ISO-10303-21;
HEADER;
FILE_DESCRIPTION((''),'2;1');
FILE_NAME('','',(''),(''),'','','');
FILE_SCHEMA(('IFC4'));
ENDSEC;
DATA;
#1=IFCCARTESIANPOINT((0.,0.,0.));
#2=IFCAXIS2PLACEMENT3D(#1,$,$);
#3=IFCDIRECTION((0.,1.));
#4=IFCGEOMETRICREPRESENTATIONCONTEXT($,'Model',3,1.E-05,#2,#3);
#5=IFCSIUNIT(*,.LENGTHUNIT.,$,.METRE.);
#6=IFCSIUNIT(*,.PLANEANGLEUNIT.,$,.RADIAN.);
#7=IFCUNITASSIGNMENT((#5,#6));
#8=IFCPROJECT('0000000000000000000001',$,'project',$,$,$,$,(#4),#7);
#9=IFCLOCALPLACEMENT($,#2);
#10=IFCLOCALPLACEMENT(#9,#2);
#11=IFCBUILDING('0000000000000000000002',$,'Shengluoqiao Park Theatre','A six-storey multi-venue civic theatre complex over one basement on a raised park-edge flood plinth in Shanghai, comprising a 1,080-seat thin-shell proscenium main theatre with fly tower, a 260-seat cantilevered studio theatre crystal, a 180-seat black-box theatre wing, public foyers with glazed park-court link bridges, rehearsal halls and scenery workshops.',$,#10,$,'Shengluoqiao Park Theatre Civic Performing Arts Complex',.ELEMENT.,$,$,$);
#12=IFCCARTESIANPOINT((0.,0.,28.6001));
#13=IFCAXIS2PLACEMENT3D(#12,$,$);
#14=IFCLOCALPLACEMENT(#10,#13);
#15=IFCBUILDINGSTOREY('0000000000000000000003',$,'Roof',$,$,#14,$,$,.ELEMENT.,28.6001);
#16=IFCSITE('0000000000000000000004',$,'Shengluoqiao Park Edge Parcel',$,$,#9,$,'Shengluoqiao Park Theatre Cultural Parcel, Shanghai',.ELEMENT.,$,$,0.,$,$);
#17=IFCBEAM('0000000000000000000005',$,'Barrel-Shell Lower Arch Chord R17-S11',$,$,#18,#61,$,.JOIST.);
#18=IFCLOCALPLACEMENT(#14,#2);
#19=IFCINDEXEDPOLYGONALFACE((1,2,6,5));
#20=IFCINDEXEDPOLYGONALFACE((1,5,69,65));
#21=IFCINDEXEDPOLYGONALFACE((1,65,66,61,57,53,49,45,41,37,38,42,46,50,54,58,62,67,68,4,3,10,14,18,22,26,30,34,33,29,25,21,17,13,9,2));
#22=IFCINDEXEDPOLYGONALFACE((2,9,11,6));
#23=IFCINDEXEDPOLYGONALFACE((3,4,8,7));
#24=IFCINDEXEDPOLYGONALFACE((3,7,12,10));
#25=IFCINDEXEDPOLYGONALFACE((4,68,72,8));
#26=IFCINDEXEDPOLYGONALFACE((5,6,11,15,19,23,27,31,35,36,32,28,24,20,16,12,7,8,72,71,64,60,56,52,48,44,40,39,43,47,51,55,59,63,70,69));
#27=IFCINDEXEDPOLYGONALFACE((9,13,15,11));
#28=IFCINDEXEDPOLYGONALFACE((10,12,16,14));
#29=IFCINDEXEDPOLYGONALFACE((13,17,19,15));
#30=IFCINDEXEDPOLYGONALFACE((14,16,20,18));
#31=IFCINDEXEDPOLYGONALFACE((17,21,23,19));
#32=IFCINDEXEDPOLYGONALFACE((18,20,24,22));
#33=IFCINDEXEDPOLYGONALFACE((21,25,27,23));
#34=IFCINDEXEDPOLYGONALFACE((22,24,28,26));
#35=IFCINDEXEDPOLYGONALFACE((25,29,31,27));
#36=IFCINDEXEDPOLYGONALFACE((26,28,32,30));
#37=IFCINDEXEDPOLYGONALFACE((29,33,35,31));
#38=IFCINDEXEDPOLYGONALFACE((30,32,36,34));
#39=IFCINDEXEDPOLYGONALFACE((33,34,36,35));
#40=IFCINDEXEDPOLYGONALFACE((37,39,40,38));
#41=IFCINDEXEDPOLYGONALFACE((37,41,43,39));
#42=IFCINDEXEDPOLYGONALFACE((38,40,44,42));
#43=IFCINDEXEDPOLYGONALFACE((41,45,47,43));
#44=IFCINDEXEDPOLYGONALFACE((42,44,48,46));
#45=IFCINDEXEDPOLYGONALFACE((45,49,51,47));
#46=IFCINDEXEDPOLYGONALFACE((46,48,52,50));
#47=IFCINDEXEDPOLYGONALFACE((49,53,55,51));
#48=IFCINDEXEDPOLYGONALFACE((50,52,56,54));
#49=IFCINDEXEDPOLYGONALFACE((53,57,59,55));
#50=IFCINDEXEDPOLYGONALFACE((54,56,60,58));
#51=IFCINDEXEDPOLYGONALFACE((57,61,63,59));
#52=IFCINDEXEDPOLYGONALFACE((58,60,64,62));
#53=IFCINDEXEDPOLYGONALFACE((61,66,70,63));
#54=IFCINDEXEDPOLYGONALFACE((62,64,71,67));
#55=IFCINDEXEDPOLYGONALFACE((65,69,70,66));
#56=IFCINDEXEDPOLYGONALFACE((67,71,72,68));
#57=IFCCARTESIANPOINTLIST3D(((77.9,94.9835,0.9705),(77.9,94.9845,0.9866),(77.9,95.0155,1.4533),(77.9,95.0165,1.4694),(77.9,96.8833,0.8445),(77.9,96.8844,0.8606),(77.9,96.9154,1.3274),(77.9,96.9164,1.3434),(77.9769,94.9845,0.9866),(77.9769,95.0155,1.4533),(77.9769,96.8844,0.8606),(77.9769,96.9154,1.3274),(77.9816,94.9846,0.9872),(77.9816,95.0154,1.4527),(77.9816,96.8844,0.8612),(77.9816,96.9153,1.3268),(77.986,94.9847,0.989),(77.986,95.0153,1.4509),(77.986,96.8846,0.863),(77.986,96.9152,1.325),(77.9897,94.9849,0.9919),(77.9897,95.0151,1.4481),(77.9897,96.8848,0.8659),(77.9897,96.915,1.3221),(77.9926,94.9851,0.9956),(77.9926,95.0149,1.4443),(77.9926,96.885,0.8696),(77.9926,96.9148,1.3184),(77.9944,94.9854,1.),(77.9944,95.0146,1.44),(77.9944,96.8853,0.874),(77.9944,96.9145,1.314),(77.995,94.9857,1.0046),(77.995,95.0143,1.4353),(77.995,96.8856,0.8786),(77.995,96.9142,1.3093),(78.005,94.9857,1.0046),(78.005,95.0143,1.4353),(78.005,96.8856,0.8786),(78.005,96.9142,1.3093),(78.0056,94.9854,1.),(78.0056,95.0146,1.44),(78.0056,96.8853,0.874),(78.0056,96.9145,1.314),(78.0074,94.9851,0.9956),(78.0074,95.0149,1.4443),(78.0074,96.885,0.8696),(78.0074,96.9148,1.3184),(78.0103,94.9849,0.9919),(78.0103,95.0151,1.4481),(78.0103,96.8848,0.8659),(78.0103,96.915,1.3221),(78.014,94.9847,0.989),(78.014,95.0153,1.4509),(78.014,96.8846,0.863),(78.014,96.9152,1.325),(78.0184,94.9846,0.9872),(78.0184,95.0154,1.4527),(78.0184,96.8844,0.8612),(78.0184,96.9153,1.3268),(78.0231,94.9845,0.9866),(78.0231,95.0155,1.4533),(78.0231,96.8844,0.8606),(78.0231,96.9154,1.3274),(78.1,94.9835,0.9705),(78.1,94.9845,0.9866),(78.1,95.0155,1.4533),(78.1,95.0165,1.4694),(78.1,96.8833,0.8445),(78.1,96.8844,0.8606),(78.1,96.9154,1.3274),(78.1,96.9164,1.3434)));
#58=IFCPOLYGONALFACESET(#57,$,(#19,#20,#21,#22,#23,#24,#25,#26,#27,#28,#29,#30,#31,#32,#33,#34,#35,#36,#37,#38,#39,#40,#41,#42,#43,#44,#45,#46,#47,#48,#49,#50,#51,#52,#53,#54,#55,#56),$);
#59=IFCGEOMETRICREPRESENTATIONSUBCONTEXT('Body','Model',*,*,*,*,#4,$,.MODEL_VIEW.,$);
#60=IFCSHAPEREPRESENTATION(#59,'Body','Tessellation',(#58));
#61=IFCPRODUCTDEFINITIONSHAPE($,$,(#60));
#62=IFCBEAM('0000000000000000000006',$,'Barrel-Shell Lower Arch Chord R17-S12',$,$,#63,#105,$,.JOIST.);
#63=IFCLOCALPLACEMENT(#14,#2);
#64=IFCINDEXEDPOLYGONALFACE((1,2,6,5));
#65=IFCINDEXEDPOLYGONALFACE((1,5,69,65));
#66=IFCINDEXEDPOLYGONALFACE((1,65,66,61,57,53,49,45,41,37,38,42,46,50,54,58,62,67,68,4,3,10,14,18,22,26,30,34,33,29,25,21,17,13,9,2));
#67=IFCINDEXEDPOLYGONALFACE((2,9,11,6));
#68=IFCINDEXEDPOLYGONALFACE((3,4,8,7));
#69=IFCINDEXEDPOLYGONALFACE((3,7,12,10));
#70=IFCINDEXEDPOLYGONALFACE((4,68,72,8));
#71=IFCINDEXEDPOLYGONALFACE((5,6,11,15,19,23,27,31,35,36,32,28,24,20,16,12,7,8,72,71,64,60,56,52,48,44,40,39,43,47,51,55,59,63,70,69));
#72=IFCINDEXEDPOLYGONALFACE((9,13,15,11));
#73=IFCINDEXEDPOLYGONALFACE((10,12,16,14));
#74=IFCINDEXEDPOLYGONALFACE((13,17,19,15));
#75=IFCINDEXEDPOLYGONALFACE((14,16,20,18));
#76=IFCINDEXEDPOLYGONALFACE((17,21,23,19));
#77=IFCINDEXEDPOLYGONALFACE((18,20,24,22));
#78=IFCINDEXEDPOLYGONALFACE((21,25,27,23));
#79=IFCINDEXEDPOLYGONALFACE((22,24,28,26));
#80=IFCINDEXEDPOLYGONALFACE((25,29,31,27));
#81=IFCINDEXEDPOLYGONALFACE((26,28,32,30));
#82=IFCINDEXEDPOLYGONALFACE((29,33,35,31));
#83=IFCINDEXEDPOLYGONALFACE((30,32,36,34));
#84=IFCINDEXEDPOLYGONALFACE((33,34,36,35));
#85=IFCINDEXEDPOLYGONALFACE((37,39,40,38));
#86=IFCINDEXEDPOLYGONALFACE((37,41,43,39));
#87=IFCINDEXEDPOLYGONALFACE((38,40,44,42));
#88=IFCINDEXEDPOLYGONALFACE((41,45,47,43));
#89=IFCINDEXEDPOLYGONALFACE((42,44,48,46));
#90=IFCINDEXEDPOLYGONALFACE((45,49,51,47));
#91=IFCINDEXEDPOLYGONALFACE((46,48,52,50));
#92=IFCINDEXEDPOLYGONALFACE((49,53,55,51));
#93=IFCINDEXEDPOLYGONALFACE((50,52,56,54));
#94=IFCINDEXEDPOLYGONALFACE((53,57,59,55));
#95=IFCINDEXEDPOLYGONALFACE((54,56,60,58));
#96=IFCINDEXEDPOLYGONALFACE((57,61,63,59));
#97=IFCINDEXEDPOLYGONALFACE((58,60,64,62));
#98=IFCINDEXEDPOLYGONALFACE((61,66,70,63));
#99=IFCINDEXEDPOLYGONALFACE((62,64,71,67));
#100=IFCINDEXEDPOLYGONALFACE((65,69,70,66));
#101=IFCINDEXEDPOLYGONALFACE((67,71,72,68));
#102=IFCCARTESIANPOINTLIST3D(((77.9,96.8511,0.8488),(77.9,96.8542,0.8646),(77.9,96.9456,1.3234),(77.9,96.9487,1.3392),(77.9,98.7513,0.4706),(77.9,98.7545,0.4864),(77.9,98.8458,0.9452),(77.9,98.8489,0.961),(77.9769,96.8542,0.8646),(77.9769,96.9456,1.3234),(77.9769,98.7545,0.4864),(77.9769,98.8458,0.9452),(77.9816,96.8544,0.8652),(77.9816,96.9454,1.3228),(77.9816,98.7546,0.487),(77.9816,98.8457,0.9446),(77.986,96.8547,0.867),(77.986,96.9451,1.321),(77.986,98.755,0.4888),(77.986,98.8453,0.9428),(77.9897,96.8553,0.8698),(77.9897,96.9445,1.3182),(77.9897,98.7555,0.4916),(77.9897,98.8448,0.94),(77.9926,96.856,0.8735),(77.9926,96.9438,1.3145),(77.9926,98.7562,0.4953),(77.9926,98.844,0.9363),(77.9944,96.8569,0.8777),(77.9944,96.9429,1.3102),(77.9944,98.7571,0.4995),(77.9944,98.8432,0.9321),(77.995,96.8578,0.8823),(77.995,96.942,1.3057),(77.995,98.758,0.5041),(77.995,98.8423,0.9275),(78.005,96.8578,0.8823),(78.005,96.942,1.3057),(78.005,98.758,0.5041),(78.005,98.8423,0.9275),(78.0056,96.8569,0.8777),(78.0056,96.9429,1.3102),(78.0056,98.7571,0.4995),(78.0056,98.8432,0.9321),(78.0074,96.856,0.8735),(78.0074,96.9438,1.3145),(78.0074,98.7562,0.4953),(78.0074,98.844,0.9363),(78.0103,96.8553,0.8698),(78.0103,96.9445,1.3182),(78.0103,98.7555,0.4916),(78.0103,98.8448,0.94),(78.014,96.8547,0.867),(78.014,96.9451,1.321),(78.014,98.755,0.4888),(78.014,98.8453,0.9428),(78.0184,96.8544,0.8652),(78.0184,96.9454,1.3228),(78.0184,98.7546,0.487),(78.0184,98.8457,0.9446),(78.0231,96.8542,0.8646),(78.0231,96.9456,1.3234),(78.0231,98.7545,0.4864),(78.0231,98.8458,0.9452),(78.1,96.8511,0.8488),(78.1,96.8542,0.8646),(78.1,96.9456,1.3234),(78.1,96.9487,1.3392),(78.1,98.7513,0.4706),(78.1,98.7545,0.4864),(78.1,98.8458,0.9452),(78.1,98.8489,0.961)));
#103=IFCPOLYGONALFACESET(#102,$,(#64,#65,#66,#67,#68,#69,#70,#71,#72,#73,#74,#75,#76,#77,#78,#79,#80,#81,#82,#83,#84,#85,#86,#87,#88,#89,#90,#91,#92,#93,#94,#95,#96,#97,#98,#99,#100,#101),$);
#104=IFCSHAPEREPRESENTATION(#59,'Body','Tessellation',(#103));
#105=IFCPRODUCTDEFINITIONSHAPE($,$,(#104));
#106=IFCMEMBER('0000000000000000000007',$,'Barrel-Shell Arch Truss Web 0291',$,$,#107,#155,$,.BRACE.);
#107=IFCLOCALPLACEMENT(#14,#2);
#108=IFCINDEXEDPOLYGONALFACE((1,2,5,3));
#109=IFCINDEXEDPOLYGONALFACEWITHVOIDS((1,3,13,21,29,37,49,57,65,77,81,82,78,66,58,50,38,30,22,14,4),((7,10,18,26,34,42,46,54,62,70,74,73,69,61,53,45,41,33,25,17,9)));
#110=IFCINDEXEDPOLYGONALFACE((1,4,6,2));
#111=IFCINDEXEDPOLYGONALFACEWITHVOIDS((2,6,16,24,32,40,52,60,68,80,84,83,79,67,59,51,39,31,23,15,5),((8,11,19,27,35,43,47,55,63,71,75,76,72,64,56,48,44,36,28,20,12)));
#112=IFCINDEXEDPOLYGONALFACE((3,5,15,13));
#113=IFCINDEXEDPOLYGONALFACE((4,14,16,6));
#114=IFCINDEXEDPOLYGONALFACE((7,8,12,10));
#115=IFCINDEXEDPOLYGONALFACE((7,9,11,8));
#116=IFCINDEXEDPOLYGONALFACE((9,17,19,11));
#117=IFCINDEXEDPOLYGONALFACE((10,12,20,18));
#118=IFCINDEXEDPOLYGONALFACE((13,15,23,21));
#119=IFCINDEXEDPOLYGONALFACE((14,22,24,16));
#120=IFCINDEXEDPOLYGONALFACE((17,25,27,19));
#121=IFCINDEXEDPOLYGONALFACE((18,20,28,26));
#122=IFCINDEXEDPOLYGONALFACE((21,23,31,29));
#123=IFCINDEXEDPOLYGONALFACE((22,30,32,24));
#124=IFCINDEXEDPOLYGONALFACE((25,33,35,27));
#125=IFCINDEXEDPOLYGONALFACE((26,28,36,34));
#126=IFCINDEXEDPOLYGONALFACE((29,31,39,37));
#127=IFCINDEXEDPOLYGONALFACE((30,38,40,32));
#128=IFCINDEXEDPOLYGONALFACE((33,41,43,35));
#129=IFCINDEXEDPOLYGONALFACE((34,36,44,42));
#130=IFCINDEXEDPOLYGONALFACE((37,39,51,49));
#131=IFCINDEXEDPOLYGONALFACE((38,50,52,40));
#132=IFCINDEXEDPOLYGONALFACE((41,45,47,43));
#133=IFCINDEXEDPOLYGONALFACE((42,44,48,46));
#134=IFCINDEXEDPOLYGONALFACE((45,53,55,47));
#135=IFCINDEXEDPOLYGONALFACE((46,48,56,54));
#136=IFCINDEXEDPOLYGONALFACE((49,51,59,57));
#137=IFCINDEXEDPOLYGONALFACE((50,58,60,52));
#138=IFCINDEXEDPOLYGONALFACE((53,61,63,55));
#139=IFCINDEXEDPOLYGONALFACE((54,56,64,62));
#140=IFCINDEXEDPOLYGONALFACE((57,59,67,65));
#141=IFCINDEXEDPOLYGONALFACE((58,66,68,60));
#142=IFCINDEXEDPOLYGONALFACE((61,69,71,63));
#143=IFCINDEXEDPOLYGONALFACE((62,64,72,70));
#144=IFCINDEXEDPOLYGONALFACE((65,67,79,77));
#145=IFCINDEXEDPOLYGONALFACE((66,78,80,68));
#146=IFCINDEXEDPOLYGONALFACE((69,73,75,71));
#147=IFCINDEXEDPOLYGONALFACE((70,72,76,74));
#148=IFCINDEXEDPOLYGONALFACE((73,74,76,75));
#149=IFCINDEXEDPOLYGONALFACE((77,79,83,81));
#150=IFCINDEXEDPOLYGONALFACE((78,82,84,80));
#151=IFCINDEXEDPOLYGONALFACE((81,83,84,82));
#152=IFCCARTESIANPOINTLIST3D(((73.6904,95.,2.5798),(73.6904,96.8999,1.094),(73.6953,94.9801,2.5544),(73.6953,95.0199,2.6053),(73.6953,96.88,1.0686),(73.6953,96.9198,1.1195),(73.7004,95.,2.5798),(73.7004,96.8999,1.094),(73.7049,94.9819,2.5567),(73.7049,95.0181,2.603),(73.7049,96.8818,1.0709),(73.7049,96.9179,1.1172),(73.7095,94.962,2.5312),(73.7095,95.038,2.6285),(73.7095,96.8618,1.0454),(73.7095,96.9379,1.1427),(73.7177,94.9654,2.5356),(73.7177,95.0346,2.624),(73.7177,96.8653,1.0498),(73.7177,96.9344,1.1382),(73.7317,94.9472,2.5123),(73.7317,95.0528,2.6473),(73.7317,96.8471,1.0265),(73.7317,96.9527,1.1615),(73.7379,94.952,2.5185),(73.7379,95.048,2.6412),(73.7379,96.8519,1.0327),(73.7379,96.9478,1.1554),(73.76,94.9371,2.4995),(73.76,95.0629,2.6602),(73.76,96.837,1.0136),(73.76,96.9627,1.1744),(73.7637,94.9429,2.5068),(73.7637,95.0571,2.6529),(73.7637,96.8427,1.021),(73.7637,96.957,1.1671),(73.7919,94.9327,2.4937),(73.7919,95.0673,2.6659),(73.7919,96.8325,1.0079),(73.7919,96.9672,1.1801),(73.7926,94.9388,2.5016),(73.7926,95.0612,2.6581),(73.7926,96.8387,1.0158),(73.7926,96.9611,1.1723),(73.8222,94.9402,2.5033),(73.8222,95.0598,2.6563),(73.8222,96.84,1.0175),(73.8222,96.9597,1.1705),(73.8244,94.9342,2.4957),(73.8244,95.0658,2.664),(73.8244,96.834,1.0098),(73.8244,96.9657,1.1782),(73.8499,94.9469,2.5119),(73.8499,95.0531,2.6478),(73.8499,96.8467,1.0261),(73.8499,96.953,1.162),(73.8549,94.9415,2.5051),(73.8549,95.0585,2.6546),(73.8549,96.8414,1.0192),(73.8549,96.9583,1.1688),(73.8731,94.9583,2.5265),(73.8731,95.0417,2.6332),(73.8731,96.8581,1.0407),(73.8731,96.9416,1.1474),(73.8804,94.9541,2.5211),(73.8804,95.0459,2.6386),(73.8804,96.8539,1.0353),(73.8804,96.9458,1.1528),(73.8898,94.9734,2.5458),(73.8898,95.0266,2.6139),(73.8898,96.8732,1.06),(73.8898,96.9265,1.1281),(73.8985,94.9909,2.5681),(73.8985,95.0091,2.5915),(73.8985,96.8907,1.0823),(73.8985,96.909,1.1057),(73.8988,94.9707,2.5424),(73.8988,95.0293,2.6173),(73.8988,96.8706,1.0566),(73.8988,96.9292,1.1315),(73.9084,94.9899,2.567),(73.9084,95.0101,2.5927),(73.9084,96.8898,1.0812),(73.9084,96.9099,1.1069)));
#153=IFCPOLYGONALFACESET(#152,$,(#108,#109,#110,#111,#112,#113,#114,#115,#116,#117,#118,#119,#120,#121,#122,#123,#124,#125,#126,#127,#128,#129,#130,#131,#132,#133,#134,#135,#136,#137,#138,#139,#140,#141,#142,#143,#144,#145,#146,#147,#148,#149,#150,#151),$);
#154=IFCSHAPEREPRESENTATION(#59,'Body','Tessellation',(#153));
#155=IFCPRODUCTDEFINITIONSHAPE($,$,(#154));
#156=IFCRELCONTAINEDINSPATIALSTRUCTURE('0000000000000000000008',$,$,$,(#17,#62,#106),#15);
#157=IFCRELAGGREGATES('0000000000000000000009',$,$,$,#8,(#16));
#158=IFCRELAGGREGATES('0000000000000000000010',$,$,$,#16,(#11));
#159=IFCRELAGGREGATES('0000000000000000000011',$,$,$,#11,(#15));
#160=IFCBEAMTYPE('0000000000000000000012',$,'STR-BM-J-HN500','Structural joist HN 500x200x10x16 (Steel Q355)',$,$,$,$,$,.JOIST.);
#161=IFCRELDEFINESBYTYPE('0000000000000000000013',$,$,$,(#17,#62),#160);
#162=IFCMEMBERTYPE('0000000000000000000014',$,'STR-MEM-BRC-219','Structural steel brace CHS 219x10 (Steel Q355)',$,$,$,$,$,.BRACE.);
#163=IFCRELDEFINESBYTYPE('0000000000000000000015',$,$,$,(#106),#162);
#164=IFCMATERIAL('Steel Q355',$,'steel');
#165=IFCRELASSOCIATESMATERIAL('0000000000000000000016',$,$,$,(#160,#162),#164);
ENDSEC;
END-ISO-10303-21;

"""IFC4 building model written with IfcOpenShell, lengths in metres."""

from ifc_helpers import new_model, si_unit, direction, frame, origin, origin_2d, place, context, subcontext, project, spatial, hollow_circle, i_section, extrude, material, material_profile, profile_set, type_object, element, save


model = new_model("IFC4")

# Units and contexts
model_context = context("Model", 3, precision=1e-05, world=origin(), true_north=direction((0.0, 1.0)))
body_context = subcontext(model_context, "Body", "Model", "MODEL_VIEW")
ifc_project = project(units=[si_unit("LENGTHUNIT", "METRE"), si_unit("PLANEANGLEUNIT", "RADIAN")], contexts=[model_context])

# Site, building, storey
site_placement = place(None, origin())
site = spatial("IfcSite", under=ifc_project, at=site_placement, Name="Shengluoqiao Park Edge Parcel", LongName="Shengluoqiao Park Theatre Cultural Parcel, Shanghai", CompositionType="ELEMENT", RefElevation=0.0)
building_placement = place(site_placement, origin())
building = spatial("IfcBuilding", under=site, at=building_placement, Name="Shengluoqiao Park Theatre", Description="A six-storey multi-venue civic theatre complex over one basement on a raised park-edge flood plinth in Shanghai, comprising a 1,080-seat thin-shell proscenium main theatre with fly tower, a 260-seat cantilevered studio theatre crystal, a 180-seat black-box theatre wing, public foyers with glazed park-court link bridges, rehearsal halls and scenery workshops.", LongName="Shengluoqiao Park Theatre Civic Performing Arts Complex", CompositionType="ELEMENT")
storey_placement = place(building_placement, frame((0.0, 0.0, 28.6001)))
storey = spatial("IfcBuildingStorey", under=building, at=storey_placement, Name="Roof", CompositionType="ELEMENT", Elevation=28.6001)

# Beams
ifc_material_1 = material(Name="Steel Q355", Category="steel")
ifc_material_profile_1 = material_profile(ifc_material_1, i_section(OverallWidth=0.2, OverallDepth=0.5, WebThickness=0.01, FlangeThickness=0.0161, FilletRadius=0.0181, at=origin_2d()), Name="HN 500x200x10x16")
ifc_profile_set_1 = profile_set([ifc_material_profile_1], Name="Steel Q355")
beam_type_1 = type_object("IfcBeamType", Name="STR-BM-J-HN500", Description="Structural joist HN 500x200x10x16 (Steel Q355)", PredefinedType="JOIST", material=ifc_profile_set_1)
beam_1_placement = place(storey_placement, frame((78.0, 95.0, 1.22), z_axis=(0.0, 0.997809, -0.066162), x_axis=(-1.0, 0.0, 0.0)))
element("IfcBeam", 1, at=beam_1_placement, inside=storey, type_object=beam_type_1, Name="Barrel-Shell Lower Arch Chord R17-S11", PredefinedType="JOIST", context=body_context, shape_type="SweptSolid", body=[
    extrude(i_section(OverallWidth=0.2, OverallDepth=0.5, WebThickness=0.01, FlangeThickness=0.0161, FilletRadius=0.0181, at=origin_2d()), origin(), (0.0, 0.0, 1.0), 1.9041),
])
beam_2_placement = place(storey_placement, frame((78.0, 96.8999, 1.094), z_axis=(0.0, 0.980764, -0.195195), x_axis=(-1.0, 0.0, 0.0)))
element("IfcBeam", 2, at=beam_2_placement, inside=storey, type_object=beam_type_1, Name="Barrel-Shell Lower Arch Chord R17-S12", PredefinedType="JOIST", context=body_context, shape_type="SweptSolid", body=[
    extrude(i_section(OverallWidth=0.2, OverallDepth=0.5, WebThickness=0.01, FlangeThickness=0.0161, FilletRadius=0.0181, at=origin_2d()), origin(), (0.0, 0.0, 1.0), 1.9375),
])

# Member
ifc_material_profile_2 = material_profile(ifc_material_1, hollow_circle(Radius=0.1096, WallThickness=0.01, at=origin_2d()), Name="CHS 219x10")
ifc_profile_set_2 = profile_set([ifc_material_profile_2], Name="Steel Q355")
member_type_1 = type_object("IfcMemberType", Name="STR-MEM-BRC-219", Description="Structural steel brace CHS 219x10 (Steel Q355)", PredefinedType="BRACE", material=ifc_profile_set_2)
for number, where, z_axis, x_axis, name in (
    (3, (73.8, 95.0, 2.5798), (0.0, 0.787714, -0.616041), (-1.0, 0.0, 0.0), "Barrel-Shell Arch Truss Web 0291"),
):
    element("IfcMember", number, at=place(storey_placement, frame(where, z_axis=z_axis, x_axis=x_axis)), inside=storey, type_object=member_type_1, Name=name, PredefinedType="BRACE", context=body_context, shape_type="SweptSolid", body=[
        extrude(hollow_circle(Radius=0.1096, WallThickness=0.01, at=origin_2d()), origin(), (0.0, 0.0, 1.0), 2.4119),
    ])

save(model, "model.ifc")
